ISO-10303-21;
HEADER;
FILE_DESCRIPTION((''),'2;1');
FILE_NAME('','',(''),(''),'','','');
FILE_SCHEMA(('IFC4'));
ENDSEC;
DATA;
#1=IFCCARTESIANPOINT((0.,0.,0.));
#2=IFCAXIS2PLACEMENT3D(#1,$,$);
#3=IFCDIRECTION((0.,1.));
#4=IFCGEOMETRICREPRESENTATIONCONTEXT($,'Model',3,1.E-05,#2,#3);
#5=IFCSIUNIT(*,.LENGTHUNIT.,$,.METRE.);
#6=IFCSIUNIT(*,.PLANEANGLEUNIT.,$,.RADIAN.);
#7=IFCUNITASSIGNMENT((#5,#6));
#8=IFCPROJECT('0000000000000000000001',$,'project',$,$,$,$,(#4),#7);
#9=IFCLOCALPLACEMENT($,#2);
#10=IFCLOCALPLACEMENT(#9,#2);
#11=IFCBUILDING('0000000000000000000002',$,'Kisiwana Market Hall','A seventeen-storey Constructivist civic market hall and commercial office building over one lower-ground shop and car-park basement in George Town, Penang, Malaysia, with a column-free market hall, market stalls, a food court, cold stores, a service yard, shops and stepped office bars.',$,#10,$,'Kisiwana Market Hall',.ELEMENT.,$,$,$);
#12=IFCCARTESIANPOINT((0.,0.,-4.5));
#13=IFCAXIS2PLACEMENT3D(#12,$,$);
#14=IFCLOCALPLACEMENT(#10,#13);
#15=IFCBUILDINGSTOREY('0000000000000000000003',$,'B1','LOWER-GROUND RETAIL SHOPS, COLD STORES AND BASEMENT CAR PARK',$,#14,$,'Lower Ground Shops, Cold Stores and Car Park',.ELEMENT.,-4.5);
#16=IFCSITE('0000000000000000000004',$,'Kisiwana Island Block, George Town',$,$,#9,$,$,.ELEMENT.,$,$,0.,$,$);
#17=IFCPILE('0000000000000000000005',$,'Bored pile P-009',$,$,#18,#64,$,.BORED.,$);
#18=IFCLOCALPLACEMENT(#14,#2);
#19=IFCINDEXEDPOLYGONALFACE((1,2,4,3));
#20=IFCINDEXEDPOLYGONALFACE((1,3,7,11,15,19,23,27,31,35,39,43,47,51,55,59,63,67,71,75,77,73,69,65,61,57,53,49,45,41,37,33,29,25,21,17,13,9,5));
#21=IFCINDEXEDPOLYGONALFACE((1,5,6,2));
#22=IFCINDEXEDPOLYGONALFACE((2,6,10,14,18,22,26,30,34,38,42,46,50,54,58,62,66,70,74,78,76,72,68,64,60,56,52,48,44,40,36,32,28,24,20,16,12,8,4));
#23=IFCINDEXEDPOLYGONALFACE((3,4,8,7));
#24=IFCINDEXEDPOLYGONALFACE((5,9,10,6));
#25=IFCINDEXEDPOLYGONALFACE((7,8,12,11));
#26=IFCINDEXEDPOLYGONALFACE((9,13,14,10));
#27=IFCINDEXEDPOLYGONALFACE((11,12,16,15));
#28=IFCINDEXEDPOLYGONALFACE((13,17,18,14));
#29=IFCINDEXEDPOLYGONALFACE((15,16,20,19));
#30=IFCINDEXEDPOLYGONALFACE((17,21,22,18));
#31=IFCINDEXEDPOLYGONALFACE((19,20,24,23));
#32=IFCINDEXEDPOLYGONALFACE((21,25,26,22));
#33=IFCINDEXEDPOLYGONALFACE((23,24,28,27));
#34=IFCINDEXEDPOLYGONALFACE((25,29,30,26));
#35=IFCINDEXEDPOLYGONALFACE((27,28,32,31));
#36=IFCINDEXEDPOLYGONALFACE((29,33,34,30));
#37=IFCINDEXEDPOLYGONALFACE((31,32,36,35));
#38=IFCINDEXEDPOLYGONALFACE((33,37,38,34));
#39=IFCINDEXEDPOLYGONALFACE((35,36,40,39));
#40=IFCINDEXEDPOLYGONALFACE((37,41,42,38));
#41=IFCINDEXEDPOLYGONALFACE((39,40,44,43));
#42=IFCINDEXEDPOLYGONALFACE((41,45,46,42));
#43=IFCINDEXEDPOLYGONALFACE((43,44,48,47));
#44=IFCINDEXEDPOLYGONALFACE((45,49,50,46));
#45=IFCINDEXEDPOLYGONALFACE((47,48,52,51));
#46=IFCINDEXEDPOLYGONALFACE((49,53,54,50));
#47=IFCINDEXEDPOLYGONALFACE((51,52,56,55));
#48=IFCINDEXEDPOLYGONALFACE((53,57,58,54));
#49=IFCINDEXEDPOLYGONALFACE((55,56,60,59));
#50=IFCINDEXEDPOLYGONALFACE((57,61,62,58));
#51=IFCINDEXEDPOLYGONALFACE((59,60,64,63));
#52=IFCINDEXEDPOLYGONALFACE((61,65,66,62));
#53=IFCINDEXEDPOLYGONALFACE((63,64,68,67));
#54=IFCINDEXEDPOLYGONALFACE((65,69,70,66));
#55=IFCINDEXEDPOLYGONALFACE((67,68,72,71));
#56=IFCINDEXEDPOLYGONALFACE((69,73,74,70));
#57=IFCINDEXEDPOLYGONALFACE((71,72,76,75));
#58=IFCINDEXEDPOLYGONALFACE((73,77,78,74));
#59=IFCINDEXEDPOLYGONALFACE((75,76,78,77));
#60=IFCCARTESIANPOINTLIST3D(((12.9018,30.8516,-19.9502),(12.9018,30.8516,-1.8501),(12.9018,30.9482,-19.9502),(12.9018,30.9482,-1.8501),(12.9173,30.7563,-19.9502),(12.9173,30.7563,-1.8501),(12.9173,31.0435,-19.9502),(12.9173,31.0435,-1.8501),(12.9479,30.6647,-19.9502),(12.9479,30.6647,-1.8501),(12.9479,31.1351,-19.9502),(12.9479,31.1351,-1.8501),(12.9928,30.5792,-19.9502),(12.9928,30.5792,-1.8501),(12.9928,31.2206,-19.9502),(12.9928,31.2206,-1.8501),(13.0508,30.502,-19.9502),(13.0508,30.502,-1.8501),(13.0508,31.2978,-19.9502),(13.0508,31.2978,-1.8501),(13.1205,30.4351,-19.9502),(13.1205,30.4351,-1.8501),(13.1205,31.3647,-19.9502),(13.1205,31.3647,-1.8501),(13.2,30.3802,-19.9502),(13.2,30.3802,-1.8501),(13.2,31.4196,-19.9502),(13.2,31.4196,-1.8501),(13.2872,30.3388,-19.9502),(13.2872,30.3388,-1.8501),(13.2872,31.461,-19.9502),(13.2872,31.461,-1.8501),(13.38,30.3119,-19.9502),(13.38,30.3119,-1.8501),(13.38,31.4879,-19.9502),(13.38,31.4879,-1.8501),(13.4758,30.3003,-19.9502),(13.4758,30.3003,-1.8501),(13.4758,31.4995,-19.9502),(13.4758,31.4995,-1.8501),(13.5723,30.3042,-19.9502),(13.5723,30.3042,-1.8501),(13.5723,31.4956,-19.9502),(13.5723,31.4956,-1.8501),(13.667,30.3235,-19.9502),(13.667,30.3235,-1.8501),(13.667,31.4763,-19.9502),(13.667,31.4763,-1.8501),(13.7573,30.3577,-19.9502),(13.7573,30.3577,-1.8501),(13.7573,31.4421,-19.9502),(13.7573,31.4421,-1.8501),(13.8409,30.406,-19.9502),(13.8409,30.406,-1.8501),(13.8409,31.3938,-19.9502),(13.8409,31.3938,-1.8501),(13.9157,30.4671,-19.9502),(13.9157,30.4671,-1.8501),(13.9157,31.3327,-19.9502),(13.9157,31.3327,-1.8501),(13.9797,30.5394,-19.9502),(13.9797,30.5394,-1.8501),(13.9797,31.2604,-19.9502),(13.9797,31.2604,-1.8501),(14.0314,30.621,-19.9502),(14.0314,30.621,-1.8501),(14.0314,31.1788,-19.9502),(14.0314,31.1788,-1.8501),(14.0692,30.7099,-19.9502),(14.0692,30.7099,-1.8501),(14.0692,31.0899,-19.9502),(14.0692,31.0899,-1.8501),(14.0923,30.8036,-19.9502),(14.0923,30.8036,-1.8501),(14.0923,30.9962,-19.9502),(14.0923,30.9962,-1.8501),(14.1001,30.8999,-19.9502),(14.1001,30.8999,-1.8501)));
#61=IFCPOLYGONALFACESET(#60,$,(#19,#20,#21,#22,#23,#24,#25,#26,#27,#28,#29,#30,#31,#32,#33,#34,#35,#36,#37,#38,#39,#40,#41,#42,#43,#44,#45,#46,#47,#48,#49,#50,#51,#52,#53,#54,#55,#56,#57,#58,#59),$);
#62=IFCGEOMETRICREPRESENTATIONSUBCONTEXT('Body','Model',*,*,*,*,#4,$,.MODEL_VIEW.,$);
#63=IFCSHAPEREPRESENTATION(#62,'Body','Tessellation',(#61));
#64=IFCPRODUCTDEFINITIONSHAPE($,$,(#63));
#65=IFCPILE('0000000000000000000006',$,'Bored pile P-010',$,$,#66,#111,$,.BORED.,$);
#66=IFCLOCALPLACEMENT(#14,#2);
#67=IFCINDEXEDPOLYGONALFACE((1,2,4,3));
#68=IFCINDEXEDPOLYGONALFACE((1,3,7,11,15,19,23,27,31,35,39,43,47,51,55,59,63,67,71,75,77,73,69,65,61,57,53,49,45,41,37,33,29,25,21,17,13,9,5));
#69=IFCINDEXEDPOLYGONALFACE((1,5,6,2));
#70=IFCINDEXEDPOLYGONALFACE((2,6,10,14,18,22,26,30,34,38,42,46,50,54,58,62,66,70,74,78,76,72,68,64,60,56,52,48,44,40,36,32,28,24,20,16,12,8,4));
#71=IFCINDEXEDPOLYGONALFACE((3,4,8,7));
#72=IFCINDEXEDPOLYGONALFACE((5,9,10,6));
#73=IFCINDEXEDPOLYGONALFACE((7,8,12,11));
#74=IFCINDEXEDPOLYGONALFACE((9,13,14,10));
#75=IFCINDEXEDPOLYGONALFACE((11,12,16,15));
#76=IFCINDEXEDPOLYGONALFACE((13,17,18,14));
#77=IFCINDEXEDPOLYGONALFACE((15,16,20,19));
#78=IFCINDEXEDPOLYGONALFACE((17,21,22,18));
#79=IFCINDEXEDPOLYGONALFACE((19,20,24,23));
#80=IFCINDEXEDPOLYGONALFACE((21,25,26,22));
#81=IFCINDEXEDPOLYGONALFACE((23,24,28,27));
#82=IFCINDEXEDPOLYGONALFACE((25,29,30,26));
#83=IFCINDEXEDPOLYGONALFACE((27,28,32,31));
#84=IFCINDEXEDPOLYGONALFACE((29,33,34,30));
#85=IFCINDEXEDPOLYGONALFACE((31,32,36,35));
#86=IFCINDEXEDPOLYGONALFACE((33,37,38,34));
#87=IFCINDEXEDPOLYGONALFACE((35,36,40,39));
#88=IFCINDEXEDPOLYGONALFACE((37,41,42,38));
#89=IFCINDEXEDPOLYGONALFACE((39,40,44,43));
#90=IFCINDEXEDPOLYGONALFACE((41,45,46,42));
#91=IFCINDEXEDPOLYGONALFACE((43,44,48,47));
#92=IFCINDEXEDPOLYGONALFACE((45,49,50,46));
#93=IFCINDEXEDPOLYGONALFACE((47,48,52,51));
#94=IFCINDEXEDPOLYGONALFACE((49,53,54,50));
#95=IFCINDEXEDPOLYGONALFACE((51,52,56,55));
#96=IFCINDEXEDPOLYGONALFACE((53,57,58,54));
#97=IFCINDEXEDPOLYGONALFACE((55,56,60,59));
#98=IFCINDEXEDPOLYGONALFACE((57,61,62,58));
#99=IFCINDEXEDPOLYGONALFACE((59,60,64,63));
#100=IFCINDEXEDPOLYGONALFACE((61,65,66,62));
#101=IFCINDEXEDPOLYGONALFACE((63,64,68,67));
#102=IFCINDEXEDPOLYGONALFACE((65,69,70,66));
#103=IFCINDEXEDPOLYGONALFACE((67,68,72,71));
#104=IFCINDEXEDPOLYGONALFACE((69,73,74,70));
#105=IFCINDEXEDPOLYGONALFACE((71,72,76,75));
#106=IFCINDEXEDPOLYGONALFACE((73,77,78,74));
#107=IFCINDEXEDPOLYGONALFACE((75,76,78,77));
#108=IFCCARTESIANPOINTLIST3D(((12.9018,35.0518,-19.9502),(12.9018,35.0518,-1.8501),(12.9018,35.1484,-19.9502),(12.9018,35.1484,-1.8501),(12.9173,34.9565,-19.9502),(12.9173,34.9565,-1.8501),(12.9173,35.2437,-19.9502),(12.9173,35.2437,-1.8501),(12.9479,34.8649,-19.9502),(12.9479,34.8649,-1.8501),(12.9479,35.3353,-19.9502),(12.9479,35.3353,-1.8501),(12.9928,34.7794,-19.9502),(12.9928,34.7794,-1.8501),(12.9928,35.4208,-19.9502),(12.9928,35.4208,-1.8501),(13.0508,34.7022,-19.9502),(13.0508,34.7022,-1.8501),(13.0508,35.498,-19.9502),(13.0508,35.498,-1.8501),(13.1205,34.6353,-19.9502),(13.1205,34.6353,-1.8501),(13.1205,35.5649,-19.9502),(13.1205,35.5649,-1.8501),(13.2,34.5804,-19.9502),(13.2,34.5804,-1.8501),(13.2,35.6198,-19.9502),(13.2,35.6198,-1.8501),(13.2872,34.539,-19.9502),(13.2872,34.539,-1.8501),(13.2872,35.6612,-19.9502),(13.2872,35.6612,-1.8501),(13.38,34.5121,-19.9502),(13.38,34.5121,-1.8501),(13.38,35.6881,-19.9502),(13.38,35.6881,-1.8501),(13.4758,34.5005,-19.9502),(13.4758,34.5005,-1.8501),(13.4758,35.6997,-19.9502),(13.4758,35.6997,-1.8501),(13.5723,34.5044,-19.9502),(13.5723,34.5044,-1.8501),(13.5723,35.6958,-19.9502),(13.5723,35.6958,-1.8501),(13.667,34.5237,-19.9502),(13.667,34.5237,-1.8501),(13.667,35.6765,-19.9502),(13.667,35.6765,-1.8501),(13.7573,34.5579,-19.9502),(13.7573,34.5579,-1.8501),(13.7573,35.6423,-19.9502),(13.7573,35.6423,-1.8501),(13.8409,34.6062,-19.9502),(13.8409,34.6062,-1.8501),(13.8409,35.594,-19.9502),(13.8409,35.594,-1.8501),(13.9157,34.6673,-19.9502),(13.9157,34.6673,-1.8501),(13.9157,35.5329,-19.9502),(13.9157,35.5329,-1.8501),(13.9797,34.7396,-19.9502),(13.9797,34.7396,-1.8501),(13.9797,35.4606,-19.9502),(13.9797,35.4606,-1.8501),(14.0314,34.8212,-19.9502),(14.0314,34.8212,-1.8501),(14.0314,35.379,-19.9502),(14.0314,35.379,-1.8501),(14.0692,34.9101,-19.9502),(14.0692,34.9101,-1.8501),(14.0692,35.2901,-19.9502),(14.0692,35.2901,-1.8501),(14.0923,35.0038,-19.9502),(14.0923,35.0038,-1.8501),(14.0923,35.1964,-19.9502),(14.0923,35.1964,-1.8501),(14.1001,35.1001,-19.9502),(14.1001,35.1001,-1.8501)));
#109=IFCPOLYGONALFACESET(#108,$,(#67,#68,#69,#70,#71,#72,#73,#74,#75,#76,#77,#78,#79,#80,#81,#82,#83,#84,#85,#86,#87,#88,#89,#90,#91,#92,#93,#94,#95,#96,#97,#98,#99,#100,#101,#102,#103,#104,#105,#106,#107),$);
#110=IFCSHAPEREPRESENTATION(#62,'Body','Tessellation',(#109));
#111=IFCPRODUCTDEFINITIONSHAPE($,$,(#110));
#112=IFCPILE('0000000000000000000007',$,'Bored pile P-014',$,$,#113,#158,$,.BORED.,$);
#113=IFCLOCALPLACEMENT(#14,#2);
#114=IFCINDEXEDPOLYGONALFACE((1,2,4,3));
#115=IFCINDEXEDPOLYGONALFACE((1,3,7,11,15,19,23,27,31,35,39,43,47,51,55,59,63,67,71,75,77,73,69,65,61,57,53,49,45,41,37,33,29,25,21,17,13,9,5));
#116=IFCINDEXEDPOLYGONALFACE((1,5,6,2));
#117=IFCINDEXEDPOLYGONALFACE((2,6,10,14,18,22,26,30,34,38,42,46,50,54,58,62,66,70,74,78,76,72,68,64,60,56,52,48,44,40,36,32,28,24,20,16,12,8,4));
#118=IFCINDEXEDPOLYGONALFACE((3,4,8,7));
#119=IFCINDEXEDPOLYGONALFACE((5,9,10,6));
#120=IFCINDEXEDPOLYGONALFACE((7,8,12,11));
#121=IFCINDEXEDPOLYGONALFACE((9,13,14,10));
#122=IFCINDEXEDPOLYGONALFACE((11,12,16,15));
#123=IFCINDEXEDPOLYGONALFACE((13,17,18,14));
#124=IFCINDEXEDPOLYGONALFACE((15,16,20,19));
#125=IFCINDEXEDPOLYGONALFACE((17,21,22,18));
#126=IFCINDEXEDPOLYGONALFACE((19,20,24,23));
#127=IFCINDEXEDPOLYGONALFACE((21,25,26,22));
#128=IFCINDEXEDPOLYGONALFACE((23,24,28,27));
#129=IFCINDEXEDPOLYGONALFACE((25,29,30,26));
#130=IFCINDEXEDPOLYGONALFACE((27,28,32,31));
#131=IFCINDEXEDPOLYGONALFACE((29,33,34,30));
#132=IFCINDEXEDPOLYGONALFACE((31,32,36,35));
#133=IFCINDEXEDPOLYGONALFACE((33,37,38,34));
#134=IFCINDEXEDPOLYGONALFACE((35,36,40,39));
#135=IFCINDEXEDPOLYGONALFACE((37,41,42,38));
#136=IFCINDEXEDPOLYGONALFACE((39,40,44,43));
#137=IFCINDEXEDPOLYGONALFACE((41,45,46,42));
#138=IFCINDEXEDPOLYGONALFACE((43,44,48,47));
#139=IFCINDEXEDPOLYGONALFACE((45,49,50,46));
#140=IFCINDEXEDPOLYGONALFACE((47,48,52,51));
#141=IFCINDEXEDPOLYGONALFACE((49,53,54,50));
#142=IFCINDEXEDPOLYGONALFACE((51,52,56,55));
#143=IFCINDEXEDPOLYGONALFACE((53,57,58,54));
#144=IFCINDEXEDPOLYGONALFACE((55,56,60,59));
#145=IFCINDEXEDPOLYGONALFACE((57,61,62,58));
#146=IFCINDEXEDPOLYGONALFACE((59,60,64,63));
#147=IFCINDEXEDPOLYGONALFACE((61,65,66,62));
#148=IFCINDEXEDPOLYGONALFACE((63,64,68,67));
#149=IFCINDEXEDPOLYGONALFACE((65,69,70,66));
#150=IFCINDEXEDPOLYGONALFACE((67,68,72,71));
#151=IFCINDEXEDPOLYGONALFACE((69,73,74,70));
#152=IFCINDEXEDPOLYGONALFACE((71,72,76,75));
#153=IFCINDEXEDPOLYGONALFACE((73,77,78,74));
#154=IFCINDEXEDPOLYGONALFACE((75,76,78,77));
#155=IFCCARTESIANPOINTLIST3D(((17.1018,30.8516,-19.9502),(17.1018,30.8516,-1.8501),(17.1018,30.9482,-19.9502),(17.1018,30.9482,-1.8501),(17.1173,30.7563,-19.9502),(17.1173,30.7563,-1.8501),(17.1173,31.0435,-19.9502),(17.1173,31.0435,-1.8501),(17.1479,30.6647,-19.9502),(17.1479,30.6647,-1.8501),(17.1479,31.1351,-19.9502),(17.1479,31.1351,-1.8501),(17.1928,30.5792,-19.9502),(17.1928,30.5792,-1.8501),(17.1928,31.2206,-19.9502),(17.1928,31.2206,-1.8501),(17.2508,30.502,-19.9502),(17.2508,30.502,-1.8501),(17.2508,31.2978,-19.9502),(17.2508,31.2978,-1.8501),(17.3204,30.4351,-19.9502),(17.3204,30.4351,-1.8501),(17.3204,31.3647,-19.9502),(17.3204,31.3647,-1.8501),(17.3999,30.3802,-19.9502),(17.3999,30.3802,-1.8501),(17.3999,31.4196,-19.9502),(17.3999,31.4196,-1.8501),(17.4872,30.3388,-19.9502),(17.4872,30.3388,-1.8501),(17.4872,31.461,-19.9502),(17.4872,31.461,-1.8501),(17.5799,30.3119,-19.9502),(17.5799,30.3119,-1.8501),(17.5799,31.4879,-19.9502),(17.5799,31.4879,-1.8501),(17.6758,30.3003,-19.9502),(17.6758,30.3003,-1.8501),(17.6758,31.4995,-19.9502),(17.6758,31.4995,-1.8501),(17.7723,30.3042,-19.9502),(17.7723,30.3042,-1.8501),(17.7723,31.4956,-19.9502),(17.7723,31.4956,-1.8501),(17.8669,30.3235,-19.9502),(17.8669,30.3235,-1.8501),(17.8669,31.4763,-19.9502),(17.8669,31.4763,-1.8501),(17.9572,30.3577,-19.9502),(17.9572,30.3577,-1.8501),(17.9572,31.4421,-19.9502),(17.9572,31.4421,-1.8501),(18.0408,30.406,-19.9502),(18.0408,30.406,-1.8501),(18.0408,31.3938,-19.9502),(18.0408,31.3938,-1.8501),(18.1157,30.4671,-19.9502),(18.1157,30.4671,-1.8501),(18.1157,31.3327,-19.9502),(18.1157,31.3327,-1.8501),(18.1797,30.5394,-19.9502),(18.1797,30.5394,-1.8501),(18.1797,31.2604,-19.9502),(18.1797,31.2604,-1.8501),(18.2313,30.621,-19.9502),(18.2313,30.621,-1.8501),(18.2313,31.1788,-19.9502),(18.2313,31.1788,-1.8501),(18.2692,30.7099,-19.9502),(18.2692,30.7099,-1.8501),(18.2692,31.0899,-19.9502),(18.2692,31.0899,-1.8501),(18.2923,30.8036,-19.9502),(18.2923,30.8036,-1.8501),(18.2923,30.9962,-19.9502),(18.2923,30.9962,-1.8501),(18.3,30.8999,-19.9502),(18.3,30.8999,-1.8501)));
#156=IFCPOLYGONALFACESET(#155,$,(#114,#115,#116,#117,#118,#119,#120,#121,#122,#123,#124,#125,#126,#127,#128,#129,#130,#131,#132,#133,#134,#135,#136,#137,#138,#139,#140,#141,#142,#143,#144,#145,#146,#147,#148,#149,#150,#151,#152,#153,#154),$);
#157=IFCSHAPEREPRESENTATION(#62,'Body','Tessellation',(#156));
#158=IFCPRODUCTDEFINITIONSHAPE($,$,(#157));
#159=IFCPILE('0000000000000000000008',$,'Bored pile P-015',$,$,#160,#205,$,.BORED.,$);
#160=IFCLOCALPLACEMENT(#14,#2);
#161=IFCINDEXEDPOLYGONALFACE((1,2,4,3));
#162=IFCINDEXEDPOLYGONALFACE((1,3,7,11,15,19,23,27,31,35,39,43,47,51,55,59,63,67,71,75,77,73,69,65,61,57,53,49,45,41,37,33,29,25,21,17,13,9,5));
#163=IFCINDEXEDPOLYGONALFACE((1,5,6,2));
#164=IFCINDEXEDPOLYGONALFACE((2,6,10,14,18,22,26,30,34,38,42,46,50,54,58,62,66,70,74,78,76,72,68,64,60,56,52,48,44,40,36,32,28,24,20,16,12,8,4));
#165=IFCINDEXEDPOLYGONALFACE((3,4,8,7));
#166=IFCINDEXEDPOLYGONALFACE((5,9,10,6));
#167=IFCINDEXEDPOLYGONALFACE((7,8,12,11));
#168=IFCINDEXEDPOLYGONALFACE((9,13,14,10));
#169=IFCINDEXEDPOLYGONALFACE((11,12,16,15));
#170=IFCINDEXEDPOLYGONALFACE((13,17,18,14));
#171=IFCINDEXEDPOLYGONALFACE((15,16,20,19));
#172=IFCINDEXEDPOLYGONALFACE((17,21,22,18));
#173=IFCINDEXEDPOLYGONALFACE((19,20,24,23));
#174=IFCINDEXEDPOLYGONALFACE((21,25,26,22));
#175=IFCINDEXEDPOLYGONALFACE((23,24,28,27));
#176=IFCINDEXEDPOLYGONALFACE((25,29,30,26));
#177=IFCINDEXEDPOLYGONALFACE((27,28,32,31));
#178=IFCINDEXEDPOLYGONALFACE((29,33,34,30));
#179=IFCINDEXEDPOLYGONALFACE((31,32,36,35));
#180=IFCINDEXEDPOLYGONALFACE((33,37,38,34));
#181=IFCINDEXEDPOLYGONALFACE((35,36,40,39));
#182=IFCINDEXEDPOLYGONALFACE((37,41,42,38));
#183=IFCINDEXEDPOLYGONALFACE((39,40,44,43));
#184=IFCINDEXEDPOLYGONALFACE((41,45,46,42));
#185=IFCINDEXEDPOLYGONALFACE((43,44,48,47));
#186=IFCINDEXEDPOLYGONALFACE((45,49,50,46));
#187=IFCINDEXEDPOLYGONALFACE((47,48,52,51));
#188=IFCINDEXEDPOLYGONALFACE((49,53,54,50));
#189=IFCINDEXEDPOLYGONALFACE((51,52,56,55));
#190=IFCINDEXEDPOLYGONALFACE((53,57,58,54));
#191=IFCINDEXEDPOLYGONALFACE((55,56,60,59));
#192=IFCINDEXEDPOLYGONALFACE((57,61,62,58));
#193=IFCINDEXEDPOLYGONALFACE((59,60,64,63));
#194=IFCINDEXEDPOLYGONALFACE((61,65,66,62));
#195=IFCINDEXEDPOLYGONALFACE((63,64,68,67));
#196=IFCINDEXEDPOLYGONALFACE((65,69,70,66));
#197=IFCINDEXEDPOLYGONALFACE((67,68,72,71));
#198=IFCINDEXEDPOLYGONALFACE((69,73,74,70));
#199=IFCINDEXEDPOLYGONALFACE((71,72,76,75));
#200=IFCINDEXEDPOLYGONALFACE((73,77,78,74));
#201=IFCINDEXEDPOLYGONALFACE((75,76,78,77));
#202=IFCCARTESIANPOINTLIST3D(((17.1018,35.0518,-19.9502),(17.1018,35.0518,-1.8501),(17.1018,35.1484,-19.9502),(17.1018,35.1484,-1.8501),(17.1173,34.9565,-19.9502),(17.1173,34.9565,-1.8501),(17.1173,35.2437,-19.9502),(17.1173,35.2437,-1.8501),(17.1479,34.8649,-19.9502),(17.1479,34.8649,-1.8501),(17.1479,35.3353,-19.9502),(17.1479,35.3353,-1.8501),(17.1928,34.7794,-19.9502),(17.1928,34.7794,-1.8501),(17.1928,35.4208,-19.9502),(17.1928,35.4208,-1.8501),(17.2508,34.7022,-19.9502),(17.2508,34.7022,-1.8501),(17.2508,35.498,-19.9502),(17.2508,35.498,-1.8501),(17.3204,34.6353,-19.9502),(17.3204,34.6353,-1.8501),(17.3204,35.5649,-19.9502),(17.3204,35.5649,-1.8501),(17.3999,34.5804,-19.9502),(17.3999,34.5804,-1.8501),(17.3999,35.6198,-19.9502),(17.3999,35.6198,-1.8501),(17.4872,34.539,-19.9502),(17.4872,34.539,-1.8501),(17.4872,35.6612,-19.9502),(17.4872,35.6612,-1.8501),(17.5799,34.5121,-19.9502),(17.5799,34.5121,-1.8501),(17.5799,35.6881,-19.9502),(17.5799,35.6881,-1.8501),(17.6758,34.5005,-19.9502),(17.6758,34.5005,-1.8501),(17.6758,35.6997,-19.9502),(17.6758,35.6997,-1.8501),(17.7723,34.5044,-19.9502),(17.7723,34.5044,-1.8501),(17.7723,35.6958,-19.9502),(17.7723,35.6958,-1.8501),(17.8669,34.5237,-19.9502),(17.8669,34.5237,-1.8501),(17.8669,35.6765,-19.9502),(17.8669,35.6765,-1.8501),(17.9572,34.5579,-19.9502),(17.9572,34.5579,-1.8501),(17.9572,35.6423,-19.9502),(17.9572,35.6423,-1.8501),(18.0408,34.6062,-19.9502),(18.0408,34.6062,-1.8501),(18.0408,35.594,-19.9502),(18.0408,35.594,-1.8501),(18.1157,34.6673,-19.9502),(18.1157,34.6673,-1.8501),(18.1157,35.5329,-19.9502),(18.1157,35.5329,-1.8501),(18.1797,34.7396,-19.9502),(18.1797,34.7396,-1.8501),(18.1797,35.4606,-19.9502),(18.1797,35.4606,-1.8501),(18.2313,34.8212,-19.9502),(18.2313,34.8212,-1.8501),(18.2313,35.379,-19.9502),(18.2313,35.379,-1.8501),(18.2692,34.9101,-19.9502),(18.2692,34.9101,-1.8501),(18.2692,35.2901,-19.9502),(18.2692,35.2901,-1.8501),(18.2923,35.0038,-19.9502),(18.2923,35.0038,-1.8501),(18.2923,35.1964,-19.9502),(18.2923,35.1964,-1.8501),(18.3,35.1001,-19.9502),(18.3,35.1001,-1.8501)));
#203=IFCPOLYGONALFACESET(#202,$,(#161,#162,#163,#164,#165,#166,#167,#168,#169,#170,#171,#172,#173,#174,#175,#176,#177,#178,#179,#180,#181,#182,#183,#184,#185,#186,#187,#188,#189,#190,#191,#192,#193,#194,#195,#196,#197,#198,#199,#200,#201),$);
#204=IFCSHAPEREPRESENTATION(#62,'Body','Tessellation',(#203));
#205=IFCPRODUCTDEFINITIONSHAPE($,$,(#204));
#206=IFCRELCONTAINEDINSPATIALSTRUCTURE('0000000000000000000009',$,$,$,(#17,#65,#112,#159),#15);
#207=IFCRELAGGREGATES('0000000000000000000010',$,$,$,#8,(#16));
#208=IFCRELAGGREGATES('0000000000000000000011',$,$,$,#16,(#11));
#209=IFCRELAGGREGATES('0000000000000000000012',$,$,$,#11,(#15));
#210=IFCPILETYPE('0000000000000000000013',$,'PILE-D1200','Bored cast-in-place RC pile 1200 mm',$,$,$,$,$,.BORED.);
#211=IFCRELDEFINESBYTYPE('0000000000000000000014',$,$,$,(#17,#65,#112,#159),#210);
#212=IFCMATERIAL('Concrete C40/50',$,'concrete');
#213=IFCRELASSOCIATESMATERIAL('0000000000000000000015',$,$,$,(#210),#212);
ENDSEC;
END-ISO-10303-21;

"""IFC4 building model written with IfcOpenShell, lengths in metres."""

from ifc_helpers import new_model, si_unit, direction, frame, origin, origin_2d, place, context, subcontext, project, spatial, circle, extrude, material, material_profile, profile_set, type_object, element, save


model = new_model("IFC4")

# Units and contexts
model_context = context("Model", 3, precision=1e-05, world=origin(), true_north=direction((0.0, 1.0)))
body_context = subcontext(model_context, "Body", "Model", "MODEL_VIEW")
ifc_project = project(units=[si_unit("LENGTHUNIT", "METRE"), si_unit("PLANEANGLEUNIT", "RADIAN")], contexts=[model_context])

# Site, building, storey
site_placement = place(None, origin())
site = spatial("IfcSite", under=ifc_project, at=site_placement, Name="Kisiwana Island Block, George Town", CompositionType="ELEMENT", RefElevation=0.0)
building_placement = place(site_placement, origin())
building = spatial("IfcBuilding", under=site, at=building_placement, Name="Kisiwana Market Hall", Description="A seventeen-storey Constructivist civic market hall and commercial office building over one lower-ground shop and car-park basement in George Town, Penang, Malaysia, with a column-free market hall, market stalls, a food court, cold stores, a service yard, shops and stepped office bars.", LongName="Kisiwana Market Hall", CompositionType="ELEMENT")
storey_placement = place(building_placement, frame((0.0, 0.0, -4.5)))
storey = spatial("IfcBuildingStorey", under=building, at=storey_placement, Name="B1", Description="LOWER-GROUND RETAIL SHOPS, COLD STORES AND BASEMENT CAR PARK", LongName="Lower Ground Shops, Cold Stores and Car Park", CompositionType="ELEMENT", Elevation=-4.5)

# Piles
ifc_material_1 = material(Name="Concrete C40/50", Category="concrete")
ifc_material_profile = material_profile(ifc_material_1, circle(Radius=0.6001, at=origin_2d()), Name="BP D1200")
ifc_profile_set = profile_set([ifc_material_profile], Name="Concrete C40/50")
pile_type = type_object("IfcPileType", Name="PILE-D1200", Description="Bored cast-in-place RC pile 1200 mm", PredefinedType="BORED", material=ifc_profile_set)
for number, where, z_axis, x_axis, name in (
    (1, (13.5, 30.8999, -1.8501), (0.0, 0.0, -1.0), (1.0, 0.0, 0.0), "Bored pile P-009"),
    (2, (13.5, 35.1001, -1.8501), (0.0, 0.0, -1.0), (1.0, 0.0, 0.0), "Bored pile P-010"),
    (3, (17.7, 30.8999, -1.8501), (0.0, 0.0, -1.0), (1.0, 0.0, 0.0), "Bored pile P-014"),
    (4, (17.7, 35.1001, -1.8501), (0.0, 0.0, -1.0), (1.0, 0.0, 0.0), "Bored pile P-015"),
):
    element("IfcPile", number, at=place(storey_placement, frame(where, z_axis=z_axis, x_axis=x_axis)), inside=storey, type_object=pile_type, Name=name, PredefinedType="BORED", context=body_context, shape_type="SweptSolid", body=[
        extrude(circle(Radius=0.6001, at=origin_2d()), origin(), (0.0, 0.0, 1.0), 18.1001),
    ])

save(model, "model.ifc")
